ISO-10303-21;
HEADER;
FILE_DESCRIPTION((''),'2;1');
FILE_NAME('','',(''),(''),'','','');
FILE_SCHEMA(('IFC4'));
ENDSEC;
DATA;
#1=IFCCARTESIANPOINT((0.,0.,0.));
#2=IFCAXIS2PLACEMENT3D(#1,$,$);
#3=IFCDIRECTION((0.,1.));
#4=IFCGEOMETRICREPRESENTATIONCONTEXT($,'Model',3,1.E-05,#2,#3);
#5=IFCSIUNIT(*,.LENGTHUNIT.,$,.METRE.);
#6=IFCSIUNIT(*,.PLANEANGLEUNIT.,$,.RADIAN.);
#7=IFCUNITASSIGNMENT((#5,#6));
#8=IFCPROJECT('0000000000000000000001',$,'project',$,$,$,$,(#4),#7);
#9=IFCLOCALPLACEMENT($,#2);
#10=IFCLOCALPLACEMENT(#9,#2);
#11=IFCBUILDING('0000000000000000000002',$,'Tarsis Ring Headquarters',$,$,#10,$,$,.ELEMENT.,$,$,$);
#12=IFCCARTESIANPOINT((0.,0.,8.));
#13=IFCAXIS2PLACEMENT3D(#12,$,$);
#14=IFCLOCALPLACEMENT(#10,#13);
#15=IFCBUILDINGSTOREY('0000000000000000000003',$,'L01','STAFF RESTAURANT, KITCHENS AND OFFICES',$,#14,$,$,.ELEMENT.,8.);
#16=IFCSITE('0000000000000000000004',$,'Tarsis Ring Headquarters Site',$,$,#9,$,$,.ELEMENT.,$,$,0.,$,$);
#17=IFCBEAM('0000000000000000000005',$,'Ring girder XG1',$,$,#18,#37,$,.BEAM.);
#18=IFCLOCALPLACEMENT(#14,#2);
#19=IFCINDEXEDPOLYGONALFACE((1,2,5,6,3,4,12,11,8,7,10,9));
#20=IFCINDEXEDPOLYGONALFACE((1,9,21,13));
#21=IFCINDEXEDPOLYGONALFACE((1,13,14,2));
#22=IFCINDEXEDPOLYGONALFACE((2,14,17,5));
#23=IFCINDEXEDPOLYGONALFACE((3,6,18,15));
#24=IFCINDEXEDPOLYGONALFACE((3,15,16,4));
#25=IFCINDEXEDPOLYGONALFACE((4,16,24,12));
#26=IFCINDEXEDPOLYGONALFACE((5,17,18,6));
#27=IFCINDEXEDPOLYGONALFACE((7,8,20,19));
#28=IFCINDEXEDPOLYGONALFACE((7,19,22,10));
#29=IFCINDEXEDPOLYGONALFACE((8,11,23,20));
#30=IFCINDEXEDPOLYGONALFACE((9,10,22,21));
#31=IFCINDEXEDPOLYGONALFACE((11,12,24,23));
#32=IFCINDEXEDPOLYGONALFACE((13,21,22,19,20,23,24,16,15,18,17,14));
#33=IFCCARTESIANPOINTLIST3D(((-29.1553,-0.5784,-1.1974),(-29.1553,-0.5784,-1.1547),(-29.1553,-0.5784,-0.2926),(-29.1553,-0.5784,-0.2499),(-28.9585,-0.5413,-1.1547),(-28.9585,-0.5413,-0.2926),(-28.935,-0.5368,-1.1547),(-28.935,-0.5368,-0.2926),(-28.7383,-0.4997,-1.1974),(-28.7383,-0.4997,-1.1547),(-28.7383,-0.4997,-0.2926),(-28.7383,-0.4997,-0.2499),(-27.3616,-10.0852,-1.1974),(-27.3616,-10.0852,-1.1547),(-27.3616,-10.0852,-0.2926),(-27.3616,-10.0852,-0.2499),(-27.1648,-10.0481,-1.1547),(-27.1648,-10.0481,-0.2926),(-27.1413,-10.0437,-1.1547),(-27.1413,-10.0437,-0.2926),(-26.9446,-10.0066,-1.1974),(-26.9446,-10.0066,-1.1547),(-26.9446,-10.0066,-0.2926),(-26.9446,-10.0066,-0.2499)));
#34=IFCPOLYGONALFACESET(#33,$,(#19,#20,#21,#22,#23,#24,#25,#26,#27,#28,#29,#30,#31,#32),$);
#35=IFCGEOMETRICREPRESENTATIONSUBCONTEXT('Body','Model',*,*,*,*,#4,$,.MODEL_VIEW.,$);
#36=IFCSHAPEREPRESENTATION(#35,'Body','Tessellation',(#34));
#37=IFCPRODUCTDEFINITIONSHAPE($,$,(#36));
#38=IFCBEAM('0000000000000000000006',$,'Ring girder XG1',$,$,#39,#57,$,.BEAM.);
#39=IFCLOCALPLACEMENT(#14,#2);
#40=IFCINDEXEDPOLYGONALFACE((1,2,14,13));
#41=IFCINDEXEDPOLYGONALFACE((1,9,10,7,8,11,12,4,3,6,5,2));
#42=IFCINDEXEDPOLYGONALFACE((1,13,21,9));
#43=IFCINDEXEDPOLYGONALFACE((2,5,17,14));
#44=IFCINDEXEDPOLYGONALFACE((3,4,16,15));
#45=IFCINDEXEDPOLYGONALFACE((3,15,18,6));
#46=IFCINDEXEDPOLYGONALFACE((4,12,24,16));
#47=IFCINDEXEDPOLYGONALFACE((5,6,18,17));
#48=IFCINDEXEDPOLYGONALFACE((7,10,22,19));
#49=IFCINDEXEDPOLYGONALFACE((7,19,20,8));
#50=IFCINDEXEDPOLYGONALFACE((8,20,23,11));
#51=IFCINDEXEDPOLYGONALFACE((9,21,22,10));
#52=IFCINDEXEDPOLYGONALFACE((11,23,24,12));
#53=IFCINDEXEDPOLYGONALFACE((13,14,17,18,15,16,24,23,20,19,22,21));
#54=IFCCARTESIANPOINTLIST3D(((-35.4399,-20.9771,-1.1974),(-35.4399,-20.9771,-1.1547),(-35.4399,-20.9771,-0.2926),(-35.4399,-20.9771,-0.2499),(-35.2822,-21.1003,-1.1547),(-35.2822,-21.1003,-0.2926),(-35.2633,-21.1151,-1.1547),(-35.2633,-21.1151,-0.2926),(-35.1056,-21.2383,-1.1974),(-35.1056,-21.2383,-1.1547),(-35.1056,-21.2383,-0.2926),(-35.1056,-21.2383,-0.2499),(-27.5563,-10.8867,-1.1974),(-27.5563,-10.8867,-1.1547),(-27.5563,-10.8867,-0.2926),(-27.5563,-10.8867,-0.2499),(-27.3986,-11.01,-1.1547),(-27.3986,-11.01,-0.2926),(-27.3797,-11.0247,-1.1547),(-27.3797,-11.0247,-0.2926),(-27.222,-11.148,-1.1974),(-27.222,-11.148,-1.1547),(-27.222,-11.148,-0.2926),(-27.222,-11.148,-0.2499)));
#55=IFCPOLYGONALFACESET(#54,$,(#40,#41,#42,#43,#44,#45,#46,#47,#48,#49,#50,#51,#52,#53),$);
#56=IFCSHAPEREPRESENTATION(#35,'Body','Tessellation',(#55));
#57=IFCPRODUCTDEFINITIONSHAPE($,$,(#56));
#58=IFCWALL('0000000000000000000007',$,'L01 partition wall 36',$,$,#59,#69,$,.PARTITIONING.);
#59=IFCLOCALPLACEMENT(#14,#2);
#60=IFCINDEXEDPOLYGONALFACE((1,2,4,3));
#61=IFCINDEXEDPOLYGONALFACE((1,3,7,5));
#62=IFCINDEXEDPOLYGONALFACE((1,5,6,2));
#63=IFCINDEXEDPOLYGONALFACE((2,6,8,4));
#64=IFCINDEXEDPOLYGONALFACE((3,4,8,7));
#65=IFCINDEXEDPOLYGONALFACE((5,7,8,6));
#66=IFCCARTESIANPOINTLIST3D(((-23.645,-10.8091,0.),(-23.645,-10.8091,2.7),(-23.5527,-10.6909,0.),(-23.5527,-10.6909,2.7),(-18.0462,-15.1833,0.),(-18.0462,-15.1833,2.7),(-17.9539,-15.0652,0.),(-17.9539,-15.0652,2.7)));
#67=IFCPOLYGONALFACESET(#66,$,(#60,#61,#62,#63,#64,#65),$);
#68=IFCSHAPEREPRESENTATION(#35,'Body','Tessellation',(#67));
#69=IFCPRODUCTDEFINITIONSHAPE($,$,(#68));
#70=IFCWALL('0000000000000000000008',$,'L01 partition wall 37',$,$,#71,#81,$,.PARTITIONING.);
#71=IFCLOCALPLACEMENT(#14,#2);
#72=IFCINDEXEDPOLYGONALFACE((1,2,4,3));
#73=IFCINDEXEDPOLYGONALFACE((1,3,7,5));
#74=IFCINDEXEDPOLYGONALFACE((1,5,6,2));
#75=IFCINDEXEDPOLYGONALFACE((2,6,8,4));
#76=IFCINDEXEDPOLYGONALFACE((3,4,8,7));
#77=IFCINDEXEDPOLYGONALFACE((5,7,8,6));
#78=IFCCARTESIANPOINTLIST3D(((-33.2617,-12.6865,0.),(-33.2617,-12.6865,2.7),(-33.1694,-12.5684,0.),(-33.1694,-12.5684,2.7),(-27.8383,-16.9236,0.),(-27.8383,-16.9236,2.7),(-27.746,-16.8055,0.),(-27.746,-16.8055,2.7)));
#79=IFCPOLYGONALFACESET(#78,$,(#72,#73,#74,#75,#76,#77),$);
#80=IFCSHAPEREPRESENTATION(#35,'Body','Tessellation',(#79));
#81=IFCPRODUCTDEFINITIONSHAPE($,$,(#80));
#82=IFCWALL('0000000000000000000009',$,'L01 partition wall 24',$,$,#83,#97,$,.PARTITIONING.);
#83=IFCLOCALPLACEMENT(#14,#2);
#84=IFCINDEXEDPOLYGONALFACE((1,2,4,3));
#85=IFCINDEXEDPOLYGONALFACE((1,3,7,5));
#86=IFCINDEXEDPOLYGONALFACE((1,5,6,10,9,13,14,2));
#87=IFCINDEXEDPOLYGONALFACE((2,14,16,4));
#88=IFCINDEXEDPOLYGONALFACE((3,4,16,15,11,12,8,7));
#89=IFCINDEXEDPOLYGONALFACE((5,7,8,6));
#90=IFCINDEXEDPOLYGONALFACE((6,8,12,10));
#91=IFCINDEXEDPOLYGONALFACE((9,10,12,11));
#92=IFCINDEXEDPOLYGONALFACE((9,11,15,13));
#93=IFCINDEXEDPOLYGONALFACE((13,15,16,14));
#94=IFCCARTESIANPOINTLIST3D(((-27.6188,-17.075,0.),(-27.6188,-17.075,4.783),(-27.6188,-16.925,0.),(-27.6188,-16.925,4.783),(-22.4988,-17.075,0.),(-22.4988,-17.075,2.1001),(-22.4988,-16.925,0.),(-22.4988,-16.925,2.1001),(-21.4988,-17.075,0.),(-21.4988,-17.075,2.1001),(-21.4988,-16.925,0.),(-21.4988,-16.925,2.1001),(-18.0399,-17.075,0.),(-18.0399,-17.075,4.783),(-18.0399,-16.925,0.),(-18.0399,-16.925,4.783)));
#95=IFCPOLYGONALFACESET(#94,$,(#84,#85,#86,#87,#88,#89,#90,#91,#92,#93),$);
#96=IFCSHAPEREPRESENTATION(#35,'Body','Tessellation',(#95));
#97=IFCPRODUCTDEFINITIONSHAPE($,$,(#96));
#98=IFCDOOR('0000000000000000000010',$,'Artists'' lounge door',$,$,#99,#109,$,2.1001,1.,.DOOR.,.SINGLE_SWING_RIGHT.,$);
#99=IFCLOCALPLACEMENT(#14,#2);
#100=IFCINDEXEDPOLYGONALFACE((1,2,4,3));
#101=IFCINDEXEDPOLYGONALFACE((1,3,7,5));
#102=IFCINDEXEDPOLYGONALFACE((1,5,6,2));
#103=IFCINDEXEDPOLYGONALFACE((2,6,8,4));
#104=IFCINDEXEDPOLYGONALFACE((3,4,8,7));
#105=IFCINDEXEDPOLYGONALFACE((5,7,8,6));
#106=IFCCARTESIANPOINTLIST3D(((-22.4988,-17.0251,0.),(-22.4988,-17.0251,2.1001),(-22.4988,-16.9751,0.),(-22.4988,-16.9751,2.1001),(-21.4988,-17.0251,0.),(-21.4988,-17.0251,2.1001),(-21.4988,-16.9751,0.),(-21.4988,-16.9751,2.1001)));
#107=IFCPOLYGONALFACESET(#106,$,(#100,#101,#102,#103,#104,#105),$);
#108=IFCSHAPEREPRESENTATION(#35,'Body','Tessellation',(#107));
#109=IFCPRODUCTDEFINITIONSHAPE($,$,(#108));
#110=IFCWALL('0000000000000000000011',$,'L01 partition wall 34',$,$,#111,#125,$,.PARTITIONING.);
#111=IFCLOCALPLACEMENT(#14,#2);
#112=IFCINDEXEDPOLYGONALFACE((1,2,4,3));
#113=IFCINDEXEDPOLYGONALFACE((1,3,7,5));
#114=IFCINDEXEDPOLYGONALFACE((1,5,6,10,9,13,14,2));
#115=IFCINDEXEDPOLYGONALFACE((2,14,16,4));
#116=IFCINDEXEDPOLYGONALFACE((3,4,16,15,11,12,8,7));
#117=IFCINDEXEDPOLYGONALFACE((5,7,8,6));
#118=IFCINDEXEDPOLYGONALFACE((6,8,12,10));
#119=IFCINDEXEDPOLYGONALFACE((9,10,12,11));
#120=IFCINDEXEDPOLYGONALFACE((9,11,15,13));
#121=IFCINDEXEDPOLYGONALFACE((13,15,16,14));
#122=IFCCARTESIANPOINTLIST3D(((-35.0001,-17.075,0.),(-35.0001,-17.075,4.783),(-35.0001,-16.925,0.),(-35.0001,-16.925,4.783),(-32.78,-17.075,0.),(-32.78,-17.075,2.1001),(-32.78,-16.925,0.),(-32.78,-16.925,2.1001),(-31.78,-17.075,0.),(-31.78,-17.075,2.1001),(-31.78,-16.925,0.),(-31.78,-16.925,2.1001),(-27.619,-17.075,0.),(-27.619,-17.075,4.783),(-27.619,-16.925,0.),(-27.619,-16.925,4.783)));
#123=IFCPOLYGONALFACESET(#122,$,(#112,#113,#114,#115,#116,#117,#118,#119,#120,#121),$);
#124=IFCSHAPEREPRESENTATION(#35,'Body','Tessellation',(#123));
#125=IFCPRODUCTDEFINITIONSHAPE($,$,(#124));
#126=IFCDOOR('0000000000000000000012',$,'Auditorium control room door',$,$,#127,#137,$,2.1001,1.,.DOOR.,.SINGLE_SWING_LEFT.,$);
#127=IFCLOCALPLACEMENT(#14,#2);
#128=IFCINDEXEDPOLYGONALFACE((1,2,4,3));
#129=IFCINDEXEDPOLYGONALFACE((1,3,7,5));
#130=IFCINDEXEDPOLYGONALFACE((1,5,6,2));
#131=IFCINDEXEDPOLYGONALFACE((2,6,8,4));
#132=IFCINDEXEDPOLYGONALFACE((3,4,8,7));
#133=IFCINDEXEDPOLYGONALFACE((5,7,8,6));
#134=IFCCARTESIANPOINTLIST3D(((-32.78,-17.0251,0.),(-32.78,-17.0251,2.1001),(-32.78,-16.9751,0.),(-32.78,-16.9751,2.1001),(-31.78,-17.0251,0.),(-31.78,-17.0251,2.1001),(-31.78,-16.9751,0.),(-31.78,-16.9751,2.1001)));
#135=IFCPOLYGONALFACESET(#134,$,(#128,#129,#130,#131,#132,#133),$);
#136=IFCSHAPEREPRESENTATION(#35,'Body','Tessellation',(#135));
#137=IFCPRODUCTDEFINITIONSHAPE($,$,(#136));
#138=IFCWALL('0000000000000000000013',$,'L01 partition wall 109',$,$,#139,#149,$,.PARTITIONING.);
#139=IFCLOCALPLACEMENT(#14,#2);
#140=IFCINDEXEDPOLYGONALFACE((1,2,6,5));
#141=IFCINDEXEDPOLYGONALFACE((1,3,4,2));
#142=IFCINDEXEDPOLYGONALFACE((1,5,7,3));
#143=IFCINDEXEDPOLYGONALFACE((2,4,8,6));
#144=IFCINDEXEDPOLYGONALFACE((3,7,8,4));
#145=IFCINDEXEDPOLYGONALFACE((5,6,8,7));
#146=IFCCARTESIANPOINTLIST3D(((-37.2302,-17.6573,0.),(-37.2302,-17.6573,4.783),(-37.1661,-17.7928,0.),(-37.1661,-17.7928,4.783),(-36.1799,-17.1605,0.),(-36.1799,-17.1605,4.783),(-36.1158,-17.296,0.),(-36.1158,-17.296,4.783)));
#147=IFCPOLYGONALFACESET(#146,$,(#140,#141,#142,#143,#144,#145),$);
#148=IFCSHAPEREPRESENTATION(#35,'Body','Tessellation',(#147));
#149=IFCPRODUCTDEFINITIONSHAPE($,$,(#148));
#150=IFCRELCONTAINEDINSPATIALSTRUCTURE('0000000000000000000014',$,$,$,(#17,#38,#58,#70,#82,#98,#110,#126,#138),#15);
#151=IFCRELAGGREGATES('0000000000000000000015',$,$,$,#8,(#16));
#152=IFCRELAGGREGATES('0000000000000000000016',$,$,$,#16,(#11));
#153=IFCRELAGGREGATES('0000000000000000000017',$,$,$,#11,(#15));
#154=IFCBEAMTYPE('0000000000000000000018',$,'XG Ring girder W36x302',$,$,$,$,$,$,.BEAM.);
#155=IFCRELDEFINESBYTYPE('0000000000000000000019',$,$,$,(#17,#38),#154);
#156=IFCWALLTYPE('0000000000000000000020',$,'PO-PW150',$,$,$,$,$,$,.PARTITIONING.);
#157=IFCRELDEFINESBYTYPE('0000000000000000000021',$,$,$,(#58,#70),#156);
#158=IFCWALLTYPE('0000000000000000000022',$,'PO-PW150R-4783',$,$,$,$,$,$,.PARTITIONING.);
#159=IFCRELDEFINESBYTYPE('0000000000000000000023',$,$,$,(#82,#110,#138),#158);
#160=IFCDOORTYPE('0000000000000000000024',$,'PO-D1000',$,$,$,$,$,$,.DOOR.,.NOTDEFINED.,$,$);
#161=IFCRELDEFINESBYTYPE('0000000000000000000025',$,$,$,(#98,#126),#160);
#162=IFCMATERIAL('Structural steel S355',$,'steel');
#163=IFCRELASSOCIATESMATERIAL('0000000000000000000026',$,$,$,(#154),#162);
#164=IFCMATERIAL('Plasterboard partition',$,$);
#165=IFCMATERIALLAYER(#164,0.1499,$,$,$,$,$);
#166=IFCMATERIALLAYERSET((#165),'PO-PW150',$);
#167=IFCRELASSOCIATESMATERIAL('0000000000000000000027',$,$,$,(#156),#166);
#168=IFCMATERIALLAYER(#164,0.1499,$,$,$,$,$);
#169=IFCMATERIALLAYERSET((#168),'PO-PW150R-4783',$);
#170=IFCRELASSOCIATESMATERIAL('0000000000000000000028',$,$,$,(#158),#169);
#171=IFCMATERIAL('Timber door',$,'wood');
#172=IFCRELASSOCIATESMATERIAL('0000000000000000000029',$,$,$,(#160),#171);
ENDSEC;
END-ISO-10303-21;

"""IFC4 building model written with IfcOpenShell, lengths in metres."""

from ifc_helpers import new_model, si_unit, direction, frame, frame_2d, origin, origin_2d, place, context, subcontext, project, spatial, rectangle, i_section, extrude, material, layer, layer_set, material_profile, profile_set, type_object, element, fill, save


model = new_model("IFC4")

# Units and contexts
model_context = context("Model", 3, precision=1e-05, world=origin(), true_north=direction((0.0, 1.0)))
body_context = subcontext(model_context, "Body", "Model", "MODEL_VIEW")
ifc_project = project(units=[si_unit("LENGTHUNIT", "METRE"), si_unit("PLANEANGLEUNIT", "RADIAN")], contexts=[model_context])

# Site, building, storey
site_placement = place(None, origin())
site = spatial("IfcSite", under=ifc_project, at=site_placement, Name="Tarsis Ring Headquarters Site", CompositionType="ELEMENT", RefElevation=0.0)
building_placement = place(site_placement, origin())
building = spatial("IfcBuilding", under=site, at=building_placement, Name="Tarsis Ring Headquarters", CompositionType="ELEMENT")
storey_placement = place(building_placement, frame((0.0, 0.0, 8.0)))
storey = spatial("IfcBuildingStorey", under=building, at=storey_placement, Name="L01", Description="STAFF RESTAURANT, KITCHENS AND OFFICES", CompositionType="ELEMENT", Elevation=8.0)

# Beams
ifc_material_1 = material(Name="Structural steel S355", Category="steel")
ifc_material_profile_1 = material_profile(ifc_material_1, i_section(OverallWidth=0.4243, OverallDepth=0.9475, WebThickness=0.0239, FlangeThickness=0.0427, at=origin_2d()), Name="W36x302")
ifc_profile_set_1 = profile_set([ifc_material_profile_1], Name="Structural steel S355")
beam_type_1 = type_object("IfcBeamType", Name="XG Ring girder W36x302", PredefinedType="BEAM", material=ifc_profile_set_1)
beam_1_placement = place(storey_placement, frame((-28.9468, -0.5391, -0.7236), z_axis=(0.185404, -0.982662, 0.0), x_axis=(0.982662, 0.185404, 0.0)))
element("IfcBeam", 1, at=beam_1_placement, inside=storey, type_object=beam_type_1, Name="Ring girder XG1", PredefinedType="BEAM", context=body_context, shape_type="SweptSolid", body=[
    extrude(i_section(OverallWidth=0.4243, OverallDepth=0.9475, WebThickness=0.0239, FlangeThickness=0.0427, at=origin_2d()), origin(), (0.0, 0.0, 1.0), 9.6746),
])
beam_2_placement = place(storey_placement, frame((-27.3892, -11.0173, -0.7236), z_axis=(-0.615667, -0.788006, 0.0), x_axis=(0.788006, -0.615667, 0.0)))
element("IfcBeam", 2, at=beam_2_placement, inside=storey, type_object=beam_type_1, Name="Ring girder XG1", PredefinedType="BEAM", context=body_context, shape_type="SweptSolid", body=[
    extrude(i_section(OverallWidth=0.4243, OverallDepth=0.9475, WebThickness=0.0239, FlangeThickness=0.0427, at=origin_2d()), origin(), (0.0, 0.0, 1.0), 12.8049),
])

# Walls
ifc_material_2 = material(Name="Plasterboard partition")
ifc_layer_1 = layer(ifc_material_2, 0.1499)
ifc_layer_set_1 = layer_set([ifc_layer_1], Name="PO-PW150")
wall_type_1 = type_object("IfcWallType", Name="PO-PW150", PredefinedType="PARTITIONING", material=ifc_layer_set_1)
wall_1_placement = place(storey_placement, frame((-23.5989, -10.75, 0.0), z_axis=(0.0, 0.0, 1.0), x_axis=(0.788014, -0.615657, 0.0)))
element("IfcWall", 3, at=wall_1_placement, inside=storey, type_object=wall_type_1, Name="L01 partition wall 36", PredefinedType="PARTITIONING", context=body_context, shape_type="SweptSolid", body=[
    extrude(rectangle(XDim=7.105, YDim=0.1499, at=frame_2d((3.5525, 0.0))), origin(), (0.0, 0.0, 1.0), 2.7),
])
wall_2_placement = place(storey_placement, frame((-33.2156, -12.6274, 0.0), z_axis=(0.0, 0.0, 1.0), x_axis=(0.788019, -0.615651, 0.0)))
element("IfcWall", 4, at=wall_2_placement, inside=storey, type_object=wall_type_1, Name="L01 partition wall 37", PredefinedType="PARTITIONING", context=body_context, shape_type="SweptSolid", body=[
    extrude(rectangle(XDim=6.8823, YDim=0.1499, at=frame_2d((3.4412, 0.0))), origin(), (0.0, 0.0, 1.0), 2.7),
])

# Walls, openings, doors
ifc_layer_2 = layer(ifc_material_2, 0.1499)
ifc_layer_set_2 = layer_set([ifc_layer_2], Name="PO-PW150R-4783")
wall_type_2 = type_object("IfcWallType", Name="PO-PW150R-4783", PredefinedType="PARTITIONING", material=ifc_layer_set_2)
wall_3_placement = place(storey_placement, frame((-27.6189, -17.0, 0.0), z_axis=(0.0, 0.0, 1.0), x_axis=(1.0, 0.0, 0.0)))
wall_3 = element("IfcWall", 5, at=wall_3_placement, inside=storey, type_object=wall_type_2, Name="L01 partition wall 24", PredefinedType="PARTITIONING", context=body_context, shape_type="SweptSolid", body=[
    extrude(rectangle(XDim=9.5789, YDim=0.1499, at=frame_2d((4.7896, 0.0))), origin(), (0.0, 0.0, 1.0), 4.783),
])
opening_1_placement = place(wall_3_placement, frame((5.1201, 0.0, 0.0)))
opening_1 = element("IfcOpeningElement", 6, at=opening_1_placement, cuts=wall_3, PredefinedType="OPENING", context=body_context, shape_type="SweptSolid", body=[
    extrude(rectangle(XDim=1.0, YDim=2.1001, at=frame_2d((0.5, 1.05))), frame((0.0, 0.085, 0.0), z_axis=(0.0, -1.0, 0.0), x_axis=(1.0, 0.0, 0.0)), (0.0, 0.0, 1.0), 0.1699),
])
ifc_material_3 = material(Name="Timber door", Category="wood")
door_type = type_object("IfcDoorType", Name="PO-D1000", OperationType="NOTDEFINED", PredefinedType="DOOR", material=ifc_material_3)
door_1_placement = place(opening_1_placement, origin())
door_1 = element("IfcDoor", 7, at=door_1_placement, inside=storey, type_object=door_type, Name="Artists' lounge door", OperationType="SINGLE_SWING_RIGHT", OverallHeight=2.1001, OverallWidth=1.0, PredefinedType="DOOR", context=body_context, shape_type="SweptSolid", body=[
    extrude(rectangle(XDim=1.0, YDim=2.1001, at=frame_2d((0.5, 1.05))), frame((0.0, 0.0249, 0.0), z_axis=(0.0, -1.0, 0.0), x_axis=(1.0, 0.0, 0.0)), (0.0, 0.0, 1.0), 0.05),
])
fill(opening_1, door_1)
wall_4_placement = place(storey_placement, frame((-35.0, -17.0, 0.0), z_axis=(0.0, 0.0, 1.0), x_axis=(1.0, 0.0, 0.0)))
wall_4 = element("IfcWall", 8, at=wall_4_placement, inside=storey, type_object=wall_type_2, Name="L01 partition wall 34", PredefinedType="PARTITIONING", context=body_context, shape_type="SweptSolid", body=[
    extrude(rectangle(XDim=7.3811, YDim=0.1499, at=frame_2d((3.6904, 0.0))), origin(), (0.0, 0.0, 1.0), 4.783),
])
opening_2_placement = place(wall_4_placement, frame((2.22, 0.0, 0.0)))
opening_2 = element("IfcOpeningElement", 9, at=opening_2_placement, cuts=wall_4, PredefinedType="OPENING", context=body_context, shape_type="SweptSolid", body=[
    extrude(rectangle(XDim=1.0, YDim=2.1001, at=frame_2d((0.5, 1.05))), frame((0.0, 0.085, 0.0), z_axis=(0.0, -1.0, 0.0), x_axis=(1.0, 0.0, 0.0)), (0.0, 0.0, 1.0), 0.1699),
])
door_2_placement = place(opening_2_placement, origin())
door_2 = element("IfcDoor", 10, at=door_2_placement, inside=storey, type_object=door_type, Name="Auditorium control room door", OperationType="SINGLE_SWING_LEFT", OverallHeight=2.1001, OverallWidth=1.0, PredefinedType="DOOR", context=body_context, shape_type="SweptSolid", body=[
    extrude(rectangle(XDim=1.0, YDim=2.1001, at=frame_2d((0.5, 1.05))), frame((0.0, 0.0249, 0.0), z_axis=(0.0, -1.0, 0.0), x_axis=(1.0, 0.0, 0.0)), (0.0, 0.0, 1.0), 0.05),
])
fill(opening_2, door_2)

# Wall
wall_5_placement = place(storey_placement, frame((-37.1982, -17.7251, 0.0), z_axis=(0.0, 0.0, 1.0), x_axis=(0.903964, 0.427608, 0.0)))
element("IfcWall", 11, at=wall_5_placement, inside=storey, type_object=wall_type_2, Name="L01 partition wall 109", PredefinedType="PARTITIONING", context=body_context, shape_type="SweptSolid", body=[
    extrude(rectangle(XDim=1.1619, YDim=0.1499, at=frame_2d((0.5811, 0.0))), origin(), (0.0, 0.0, 1.0), 4.783),
])

save(model, "model.ifc")
